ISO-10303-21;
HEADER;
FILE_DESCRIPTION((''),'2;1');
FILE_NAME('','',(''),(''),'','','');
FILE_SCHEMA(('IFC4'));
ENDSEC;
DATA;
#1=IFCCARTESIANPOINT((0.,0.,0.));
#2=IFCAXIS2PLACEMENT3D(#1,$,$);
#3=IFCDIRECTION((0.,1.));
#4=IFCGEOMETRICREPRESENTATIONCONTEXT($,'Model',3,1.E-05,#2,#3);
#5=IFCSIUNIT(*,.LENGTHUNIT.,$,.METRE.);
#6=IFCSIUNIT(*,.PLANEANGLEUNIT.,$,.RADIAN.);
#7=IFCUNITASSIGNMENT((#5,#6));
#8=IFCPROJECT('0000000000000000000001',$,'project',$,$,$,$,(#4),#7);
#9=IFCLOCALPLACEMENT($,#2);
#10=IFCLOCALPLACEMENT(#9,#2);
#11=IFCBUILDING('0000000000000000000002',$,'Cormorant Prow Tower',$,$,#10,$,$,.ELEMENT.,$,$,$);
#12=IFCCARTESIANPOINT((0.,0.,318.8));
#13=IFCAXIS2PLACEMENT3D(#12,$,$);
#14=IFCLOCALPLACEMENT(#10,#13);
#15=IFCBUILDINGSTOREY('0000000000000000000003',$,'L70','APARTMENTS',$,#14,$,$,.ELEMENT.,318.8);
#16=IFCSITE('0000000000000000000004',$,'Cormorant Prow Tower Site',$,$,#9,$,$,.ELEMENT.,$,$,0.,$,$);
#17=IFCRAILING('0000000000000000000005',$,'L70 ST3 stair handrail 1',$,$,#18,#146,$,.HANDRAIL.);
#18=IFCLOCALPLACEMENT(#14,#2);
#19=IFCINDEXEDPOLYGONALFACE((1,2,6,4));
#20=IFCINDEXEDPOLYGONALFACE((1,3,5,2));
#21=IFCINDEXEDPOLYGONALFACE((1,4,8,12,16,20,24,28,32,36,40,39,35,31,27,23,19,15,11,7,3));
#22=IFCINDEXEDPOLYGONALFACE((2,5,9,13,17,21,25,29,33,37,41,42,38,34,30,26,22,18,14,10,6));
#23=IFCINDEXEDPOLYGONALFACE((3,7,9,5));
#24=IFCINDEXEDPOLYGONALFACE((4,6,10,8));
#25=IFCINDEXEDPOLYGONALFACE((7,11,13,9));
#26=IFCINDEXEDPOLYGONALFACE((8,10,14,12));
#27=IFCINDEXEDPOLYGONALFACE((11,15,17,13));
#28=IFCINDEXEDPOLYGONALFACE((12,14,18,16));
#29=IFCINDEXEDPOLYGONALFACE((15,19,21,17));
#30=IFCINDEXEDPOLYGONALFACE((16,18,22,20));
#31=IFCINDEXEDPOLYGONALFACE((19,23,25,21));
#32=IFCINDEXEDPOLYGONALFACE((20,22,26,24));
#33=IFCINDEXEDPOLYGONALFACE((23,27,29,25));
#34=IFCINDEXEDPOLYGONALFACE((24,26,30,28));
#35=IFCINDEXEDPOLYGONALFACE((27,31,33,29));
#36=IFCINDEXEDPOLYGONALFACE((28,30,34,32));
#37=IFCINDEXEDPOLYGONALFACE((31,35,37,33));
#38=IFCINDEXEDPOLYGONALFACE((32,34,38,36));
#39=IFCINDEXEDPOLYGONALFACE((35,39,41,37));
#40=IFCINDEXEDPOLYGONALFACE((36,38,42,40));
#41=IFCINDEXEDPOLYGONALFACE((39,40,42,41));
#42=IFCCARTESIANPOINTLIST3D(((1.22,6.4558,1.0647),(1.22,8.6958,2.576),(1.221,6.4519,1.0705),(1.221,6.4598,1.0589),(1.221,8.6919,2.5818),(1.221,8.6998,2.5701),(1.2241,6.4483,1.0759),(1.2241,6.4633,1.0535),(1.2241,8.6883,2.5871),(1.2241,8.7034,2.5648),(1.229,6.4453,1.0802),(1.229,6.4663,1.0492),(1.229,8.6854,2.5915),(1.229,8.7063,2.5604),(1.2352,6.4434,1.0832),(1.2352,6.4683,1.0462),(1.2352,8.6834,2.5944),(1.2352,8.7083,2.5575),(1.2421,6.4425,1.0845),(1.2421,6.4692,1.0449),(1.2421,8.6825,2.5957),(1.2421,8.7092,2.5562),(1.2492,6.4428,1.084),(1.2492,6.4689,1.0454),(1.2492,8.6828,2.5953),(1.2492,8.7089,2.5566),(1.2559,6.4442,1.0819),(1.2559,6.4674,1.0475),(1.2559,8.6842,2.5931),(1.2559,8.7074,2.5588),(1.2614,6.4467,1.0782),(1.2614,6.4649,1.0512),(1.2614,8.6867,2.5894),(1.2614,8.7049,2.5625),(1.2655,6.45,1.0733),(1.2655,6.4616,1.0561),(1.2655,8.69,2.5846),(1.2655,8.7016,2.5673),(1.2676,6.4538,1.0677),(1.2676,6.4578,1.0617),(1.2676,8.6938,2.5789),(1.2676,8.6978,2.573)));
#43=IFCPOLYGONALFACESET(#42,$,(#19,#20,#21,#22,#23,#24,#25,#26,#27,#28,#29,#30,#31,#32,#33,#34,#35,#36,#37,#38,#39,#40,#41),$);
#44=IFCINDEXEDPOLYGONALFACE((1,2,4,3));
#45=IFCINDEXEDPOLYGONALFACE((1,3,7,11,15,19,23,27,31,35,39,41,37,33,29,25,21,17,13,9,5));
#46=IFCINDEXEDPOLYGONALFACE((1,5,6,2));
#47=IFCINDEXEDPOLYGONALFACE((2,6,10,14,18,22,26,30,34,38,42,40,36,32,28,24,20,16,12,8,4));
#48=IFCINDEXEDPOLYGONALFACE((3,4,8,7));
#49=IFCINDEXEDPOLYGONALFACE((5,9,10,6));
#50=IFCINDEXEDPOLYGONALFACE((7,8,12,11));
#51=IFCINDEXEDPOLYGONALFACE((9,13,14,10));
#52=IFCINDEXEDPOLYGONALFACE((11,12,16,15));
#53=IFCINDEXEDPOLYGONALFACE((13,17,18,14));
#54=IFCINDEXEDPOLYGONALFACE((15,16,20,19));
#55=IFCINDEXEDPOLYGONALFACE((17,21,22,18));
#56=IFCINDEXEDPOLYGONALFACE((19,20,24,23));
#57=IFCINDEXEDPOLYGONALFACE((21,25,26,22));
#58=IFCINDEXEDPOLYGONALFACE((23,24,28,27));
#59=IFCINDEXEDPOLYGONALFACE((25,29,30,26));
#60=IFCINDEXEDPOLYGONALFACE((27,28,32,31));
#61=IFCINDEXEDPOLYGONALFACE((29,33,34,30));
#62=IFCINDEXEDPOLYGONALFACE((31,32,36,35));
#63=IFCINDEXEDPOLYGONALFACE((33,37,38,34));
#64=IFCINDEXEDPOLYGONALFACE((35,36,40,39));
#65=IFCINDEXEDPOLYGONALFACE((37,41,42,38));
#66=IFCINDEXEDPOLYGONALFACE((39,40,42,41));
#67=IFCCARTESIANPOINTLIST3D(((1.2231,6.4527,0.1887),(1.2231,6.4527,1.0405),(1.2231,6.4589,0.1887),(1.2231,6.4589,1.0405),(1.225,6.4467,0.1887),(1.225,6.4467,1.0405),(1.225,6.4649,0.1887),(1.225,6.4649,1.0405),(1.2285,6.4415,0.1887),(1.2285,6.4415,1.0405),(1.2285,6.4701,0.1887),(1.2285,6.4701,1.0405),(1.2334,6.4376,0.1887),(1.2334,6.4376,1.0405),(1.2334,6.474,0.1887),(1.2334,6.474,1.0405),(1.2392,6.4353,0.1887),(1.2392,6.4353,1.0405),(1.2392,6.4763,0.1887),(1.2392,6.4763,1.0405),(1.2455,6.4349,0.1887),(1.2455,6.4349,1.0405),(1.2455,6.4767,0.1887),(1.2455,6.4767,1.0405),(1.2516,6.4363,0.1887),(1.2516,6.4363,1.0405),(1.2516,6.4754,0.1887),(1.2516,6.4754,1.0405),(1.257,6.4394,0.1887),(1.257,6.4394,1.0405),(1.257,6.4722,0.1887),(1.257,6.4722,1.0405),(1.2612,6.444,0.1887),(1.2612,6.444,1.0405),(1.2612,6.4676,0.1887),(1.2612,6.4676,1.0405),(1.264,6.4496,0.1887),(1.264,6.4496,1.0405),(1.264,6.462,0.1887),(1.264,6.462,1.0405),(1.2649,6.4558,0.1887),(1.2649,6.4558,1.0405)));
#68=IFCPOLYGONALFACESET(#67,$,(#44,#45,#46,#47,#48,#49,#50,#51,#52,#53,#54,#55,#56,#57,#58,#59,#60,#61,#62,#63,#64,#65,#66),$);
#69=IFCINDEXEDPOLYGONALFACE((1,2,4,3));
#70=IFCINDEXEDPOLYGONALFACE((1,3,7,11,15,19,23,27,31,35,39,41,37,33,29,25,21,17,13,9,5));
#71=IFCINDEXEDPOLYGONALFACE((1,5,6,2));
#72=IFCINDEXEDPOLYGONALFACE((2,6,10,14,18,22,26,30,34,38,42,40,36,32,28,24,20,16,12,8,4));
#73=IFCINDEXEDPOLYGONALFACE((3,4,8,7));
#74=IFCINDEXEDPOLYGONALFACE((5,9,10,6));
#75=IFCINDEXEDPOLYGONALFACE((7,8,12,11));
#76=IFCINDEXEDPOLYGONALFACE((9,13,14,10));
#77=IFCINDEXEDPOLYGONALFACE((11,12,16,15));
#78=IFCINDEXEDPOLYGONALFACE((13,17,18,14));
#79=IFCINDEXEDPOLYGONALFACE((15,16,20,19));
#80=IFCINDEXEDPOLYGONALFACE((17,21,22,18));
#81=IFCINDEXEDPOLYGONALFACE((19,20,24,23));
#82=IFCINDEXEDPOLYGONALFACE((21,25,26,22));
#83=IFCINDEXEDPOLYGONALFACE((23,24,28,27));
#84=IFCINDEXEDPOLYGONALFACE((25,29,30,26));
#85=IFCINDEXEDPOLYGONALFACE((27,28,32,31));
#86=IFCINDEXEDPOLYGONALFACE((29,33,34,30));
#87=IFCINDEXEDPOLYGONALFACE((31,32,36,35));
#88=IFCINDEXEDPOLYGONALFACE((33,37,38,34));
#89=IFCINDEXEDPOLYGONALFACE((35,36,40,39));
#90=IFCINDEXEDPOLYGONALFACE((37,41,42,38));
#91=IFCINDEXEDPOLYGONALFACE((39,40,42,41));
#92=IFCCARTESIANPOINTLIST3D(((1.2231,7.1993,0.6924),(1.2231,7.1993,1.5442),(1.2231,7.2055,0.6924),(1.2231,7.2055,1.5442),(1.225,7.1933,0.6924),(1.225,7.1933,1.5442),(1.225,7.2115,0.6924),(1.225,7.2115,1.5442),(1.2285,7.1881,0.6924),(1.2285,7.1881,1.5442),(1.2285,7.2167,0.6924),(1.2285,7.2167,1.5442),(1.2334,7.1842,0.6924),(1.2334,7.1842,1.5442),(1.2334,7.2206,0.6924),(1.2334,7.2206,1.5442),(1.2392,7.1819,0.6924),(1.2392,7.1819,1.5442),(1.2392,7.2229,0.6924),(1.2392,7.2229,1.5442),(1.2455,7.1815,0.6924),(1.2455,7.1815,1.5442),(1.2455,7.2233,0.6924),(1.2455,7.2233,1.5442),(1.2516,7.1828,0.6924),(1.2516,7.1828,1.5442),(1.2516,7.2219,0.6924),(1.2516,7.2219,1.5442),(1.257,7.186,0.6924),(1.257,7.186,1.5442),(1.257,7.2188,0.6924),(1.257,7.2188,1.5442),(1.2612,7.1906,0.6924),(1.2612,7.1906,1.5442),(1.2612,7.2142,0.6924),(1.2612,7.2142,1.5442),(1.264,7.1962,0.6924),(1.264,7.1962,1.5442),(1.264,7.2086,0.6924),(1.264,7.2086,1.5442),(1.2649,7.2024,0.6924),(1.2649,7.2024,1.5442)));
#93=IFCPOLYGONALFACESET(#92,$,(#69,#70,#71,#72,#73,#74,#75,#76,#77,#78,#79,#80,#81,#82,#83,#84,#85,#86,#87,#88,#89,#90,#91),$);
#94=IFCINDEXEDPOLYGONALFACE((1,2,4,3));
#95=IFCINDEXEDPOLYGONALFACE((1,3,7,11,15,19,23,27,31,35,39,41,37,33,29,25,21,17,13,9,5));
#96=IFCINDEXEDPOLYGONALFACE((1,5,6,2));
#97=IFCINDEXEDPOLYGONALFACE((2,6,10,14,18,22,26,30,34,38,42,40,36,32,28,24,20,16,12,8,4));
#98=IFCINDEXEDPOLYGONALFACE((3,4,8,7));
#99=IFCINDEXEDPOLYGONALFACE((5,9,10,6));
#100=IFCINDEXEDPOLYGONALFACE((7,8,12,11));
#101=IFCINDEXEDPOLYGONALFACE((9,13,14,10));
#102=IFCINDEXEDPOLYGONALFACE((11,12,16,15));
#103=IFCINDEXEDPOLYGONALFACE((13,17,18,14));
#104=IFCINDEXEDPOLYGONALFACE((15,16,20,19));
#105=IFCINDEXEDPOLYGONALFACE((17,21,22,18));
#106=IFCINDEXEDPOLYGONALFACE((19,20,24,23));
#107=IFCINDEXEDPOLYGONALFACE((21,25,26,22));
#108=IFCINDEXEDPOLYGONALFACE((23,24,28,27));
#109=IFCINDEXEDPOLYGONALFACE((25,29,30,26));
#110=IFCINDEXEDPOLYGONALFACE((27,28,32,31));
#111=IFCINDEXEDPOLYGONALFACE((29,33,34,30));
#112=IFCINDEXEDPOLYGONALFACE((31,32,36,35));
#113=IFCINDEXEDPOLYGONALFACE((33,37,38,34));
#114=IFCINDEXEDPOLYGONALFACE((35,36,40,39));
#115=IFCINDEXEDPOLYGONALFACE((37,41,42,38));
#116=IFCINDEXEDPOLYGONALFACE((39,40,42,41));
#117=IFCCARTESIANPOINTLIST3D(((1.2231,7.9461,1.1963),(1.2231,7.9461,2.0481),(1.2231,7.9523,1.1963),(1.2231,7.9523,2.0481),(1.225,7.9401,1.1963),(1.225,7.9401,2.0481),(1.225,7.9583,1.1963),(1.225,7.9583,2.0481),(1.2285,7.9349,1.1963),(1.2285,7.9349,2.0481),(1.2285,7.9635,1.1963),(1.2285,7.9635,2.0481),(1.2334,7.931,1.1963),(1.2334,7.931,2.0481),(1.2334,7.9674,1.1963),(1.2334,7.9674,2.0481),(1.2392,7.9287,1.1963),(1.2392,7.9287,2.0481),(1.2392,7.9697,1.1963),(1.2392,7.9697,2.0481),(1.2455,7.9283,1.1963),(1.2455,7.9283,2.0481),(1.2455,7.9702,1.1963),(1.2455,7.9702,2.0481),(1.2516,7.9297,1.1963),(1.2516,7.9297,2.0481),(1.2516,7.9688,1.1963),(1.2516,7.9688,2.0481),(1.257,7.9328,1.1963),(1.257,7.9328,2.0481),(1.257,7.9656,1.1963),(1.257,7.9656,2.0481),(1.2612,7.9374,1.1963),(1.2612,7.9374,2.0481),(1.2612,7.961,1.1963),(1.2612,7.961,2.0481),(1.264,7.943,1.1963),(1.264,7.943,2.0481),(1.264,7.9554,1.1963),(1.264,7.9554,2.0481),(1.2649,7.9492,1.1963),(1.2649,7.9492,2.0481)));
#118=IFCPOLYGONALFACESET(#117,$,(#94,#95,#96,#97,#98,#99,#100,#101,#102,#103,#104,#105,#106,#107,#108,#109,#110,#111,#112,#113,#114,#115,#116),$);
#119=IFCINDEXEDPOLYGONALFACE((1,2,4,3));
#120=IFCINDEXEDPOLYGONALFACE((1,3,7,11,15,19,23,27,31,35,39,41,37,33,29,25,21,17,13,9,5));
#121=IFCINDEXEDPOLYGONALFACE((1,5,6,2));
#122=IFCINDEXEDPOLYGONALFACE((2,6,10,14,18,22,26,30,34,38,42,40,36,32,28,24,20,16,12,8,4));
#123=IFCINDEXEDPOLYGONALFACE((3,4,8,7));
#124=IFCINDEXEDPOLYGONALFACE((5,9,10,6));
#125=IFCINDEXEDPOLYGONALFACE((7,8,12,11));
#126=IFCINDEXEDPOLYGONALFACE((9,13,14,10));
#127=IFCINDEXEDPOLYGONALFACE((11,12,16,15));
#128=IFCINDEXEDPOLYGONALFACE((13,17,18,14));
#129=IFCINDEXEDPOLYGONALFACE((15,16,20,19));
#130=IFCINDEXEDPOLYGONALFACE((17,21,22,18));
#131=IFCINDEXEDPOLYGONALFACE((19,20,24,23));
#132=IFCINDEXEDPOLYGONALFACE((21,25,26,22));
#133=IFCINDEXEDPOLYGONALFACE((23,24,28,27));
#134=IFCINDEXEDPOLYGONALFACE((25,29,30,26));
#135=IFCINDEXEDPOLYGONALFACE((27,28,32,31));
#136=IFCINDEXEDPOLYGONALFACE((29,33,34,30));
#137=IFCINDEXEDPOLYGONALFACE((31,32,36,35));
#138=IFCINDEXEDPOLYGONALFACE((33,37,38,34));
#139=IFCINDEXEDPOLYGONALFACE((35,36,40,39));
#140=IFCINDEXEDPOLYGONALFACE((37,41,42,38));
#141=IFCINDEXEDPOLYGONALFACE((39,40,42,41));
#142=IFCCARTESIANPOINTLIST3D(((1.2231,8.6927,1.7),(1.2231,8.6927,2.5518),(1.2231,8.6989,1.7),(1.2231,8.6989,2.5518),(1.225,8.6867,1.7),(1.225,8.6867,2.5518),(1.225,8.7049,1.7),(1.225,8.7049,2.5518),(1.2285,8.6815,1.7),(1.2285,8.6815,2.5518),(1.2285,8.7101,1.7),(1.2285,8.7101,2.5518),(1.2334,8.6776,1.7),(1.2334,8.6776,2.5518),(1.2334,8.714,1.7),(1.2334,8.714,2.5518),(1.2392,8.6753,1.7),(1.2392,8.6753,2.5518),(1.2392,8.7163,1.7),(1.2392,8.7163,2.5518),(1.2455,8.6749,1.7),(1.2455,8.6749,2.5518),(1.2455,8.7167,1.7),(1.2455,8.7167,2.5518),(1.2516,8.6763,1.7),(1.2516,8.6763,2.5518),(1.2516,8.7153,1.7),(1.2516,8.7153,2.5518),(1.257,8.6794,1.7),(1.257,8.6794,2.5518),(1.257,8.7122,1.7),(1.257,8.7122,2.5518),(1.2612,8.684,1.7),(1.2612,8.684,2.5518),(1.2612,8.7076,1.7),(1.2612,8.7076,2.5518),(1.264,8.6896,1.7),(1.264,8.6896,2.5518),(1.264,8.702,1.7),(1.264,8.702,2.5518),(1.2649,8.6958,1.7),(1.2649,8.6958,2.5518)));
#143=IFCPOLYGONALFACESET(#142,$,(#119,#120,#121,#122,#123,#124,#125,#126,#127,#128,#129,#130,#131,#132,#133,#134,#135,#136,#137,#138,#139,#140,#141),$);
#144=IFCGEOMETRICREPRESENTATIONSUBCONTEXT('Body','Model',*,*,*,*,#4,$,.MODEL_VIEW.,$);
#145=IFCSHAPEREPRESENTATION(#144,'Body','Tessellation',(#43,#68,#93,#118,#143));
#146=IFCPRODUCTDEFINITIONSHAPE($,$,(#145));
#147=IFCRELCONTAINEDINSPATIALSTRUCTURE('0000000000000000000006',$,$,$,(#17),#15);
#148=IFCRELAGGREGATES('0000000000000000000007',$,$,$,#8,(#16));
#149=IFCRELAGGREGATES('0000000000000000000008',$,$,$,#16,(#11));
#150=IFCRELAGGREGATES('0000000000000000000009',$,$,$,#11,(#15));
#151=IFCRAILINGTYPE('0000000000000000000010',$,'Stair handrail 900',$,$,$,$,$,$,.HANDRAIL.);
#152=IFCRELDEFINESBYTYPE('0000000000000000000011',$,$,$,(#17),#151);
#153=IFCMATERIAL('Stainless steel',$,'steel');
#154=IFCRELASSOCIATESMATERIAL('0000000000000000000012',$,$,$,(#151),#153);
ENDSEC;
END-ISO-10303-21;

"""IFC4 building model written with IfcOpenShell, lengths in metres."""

from ifc_helpers import new_model, si_unit, direction, frame, origin, origin_2d, place, context, subcontext, project, spatial, circle, extrude, material, type_object, element, save


model = new_model("IFC4")

# Units and contexts
model_context = context("Model", 3, precision=1e-05, world=origin(), true_north=direction((0.0, 1.0)))
body_context = subcontext(model_context, "Body", "Model", "MODEL_VIEW")
ifc_project = project(units=[si_unit("LENGTHUNIT", "METRE"), si_unit("PLANEANGLEUNIT", "RADIAN")], contexts=[model_context])

# Site, building, storey
site_placement = place(None, origin())
site = spatial("IfcSite", under=ifc_project, at=site_placement, Name="Cormorant Prow Tower Site", CompositionType="ELEMENT", RefElevation=0.0)
building_placement = place(site_placement, origin())
building = spatial("IfcBuilding", under=site, at=building_placement, Name="Cormorant Prow Tower", CompositionType="ELEMENT")
storey_placement = place(building_placement, frame((0.0, 0.0, 318.8)))
storey = spatial("IfcBuildingStorey", under=building, at=storey_placement, Name="L70", Description="APARTMENTS", CompositionType="ELEMENT", Elevation=318.8)

# Railing
ifc_material_1 = material(Name="Stainless steel", Category="steel")
railing_type_1 = type_object("IfcRailingType", Name="Stair handrail 900", PredefinedType="HANDRAIL", material=ifc_material_1)
railing_1_placement = place(storey_placement, frame((1.2439, 6.4558, 0.1887)))
element("IfcRailing", 1, at=railing_1_placement, inside=storey, type_object=railing_type_1, Name="L70 ST3 stair handrail 1", PredefinedType="HANDRAIL", context=body_context, shape_type="SweptSolid", body=[
    extrude(circle(Radius=0.0239, at=origin_2d()), frame((0.0, 0.0, 0.876), z_axis=(0.0, 0.82898, 0.559279), x_axis=(-1.0, 0.0, 0.0)), (0.0, 0.0, 1.0), 2.7021),
    extrude(circle(Radius=0.021, at=origin_2d()), origin(), (0.0, 0.0, 1.0), 0.8518),
    extrude(circle(Radius=0.021, at=origin_2d()), frame((0.0, 0.7466, 0.5037)), (0.0, 0.0, 1.0), 0.8518),
    extrude(circle(Radius=0.021, at=origin_2d()), frame((0.0, 1.4934, 1.0076)), (0.0, 0.0, 1.0), 0.8518),
    extrude(circle(Radius=0.021, at=origin_2d()), frame((0.0, 2.24, 1.5112)), (0.0, 0.0, 1.0), 0.8518),
])

save(model, "model.ifc")
